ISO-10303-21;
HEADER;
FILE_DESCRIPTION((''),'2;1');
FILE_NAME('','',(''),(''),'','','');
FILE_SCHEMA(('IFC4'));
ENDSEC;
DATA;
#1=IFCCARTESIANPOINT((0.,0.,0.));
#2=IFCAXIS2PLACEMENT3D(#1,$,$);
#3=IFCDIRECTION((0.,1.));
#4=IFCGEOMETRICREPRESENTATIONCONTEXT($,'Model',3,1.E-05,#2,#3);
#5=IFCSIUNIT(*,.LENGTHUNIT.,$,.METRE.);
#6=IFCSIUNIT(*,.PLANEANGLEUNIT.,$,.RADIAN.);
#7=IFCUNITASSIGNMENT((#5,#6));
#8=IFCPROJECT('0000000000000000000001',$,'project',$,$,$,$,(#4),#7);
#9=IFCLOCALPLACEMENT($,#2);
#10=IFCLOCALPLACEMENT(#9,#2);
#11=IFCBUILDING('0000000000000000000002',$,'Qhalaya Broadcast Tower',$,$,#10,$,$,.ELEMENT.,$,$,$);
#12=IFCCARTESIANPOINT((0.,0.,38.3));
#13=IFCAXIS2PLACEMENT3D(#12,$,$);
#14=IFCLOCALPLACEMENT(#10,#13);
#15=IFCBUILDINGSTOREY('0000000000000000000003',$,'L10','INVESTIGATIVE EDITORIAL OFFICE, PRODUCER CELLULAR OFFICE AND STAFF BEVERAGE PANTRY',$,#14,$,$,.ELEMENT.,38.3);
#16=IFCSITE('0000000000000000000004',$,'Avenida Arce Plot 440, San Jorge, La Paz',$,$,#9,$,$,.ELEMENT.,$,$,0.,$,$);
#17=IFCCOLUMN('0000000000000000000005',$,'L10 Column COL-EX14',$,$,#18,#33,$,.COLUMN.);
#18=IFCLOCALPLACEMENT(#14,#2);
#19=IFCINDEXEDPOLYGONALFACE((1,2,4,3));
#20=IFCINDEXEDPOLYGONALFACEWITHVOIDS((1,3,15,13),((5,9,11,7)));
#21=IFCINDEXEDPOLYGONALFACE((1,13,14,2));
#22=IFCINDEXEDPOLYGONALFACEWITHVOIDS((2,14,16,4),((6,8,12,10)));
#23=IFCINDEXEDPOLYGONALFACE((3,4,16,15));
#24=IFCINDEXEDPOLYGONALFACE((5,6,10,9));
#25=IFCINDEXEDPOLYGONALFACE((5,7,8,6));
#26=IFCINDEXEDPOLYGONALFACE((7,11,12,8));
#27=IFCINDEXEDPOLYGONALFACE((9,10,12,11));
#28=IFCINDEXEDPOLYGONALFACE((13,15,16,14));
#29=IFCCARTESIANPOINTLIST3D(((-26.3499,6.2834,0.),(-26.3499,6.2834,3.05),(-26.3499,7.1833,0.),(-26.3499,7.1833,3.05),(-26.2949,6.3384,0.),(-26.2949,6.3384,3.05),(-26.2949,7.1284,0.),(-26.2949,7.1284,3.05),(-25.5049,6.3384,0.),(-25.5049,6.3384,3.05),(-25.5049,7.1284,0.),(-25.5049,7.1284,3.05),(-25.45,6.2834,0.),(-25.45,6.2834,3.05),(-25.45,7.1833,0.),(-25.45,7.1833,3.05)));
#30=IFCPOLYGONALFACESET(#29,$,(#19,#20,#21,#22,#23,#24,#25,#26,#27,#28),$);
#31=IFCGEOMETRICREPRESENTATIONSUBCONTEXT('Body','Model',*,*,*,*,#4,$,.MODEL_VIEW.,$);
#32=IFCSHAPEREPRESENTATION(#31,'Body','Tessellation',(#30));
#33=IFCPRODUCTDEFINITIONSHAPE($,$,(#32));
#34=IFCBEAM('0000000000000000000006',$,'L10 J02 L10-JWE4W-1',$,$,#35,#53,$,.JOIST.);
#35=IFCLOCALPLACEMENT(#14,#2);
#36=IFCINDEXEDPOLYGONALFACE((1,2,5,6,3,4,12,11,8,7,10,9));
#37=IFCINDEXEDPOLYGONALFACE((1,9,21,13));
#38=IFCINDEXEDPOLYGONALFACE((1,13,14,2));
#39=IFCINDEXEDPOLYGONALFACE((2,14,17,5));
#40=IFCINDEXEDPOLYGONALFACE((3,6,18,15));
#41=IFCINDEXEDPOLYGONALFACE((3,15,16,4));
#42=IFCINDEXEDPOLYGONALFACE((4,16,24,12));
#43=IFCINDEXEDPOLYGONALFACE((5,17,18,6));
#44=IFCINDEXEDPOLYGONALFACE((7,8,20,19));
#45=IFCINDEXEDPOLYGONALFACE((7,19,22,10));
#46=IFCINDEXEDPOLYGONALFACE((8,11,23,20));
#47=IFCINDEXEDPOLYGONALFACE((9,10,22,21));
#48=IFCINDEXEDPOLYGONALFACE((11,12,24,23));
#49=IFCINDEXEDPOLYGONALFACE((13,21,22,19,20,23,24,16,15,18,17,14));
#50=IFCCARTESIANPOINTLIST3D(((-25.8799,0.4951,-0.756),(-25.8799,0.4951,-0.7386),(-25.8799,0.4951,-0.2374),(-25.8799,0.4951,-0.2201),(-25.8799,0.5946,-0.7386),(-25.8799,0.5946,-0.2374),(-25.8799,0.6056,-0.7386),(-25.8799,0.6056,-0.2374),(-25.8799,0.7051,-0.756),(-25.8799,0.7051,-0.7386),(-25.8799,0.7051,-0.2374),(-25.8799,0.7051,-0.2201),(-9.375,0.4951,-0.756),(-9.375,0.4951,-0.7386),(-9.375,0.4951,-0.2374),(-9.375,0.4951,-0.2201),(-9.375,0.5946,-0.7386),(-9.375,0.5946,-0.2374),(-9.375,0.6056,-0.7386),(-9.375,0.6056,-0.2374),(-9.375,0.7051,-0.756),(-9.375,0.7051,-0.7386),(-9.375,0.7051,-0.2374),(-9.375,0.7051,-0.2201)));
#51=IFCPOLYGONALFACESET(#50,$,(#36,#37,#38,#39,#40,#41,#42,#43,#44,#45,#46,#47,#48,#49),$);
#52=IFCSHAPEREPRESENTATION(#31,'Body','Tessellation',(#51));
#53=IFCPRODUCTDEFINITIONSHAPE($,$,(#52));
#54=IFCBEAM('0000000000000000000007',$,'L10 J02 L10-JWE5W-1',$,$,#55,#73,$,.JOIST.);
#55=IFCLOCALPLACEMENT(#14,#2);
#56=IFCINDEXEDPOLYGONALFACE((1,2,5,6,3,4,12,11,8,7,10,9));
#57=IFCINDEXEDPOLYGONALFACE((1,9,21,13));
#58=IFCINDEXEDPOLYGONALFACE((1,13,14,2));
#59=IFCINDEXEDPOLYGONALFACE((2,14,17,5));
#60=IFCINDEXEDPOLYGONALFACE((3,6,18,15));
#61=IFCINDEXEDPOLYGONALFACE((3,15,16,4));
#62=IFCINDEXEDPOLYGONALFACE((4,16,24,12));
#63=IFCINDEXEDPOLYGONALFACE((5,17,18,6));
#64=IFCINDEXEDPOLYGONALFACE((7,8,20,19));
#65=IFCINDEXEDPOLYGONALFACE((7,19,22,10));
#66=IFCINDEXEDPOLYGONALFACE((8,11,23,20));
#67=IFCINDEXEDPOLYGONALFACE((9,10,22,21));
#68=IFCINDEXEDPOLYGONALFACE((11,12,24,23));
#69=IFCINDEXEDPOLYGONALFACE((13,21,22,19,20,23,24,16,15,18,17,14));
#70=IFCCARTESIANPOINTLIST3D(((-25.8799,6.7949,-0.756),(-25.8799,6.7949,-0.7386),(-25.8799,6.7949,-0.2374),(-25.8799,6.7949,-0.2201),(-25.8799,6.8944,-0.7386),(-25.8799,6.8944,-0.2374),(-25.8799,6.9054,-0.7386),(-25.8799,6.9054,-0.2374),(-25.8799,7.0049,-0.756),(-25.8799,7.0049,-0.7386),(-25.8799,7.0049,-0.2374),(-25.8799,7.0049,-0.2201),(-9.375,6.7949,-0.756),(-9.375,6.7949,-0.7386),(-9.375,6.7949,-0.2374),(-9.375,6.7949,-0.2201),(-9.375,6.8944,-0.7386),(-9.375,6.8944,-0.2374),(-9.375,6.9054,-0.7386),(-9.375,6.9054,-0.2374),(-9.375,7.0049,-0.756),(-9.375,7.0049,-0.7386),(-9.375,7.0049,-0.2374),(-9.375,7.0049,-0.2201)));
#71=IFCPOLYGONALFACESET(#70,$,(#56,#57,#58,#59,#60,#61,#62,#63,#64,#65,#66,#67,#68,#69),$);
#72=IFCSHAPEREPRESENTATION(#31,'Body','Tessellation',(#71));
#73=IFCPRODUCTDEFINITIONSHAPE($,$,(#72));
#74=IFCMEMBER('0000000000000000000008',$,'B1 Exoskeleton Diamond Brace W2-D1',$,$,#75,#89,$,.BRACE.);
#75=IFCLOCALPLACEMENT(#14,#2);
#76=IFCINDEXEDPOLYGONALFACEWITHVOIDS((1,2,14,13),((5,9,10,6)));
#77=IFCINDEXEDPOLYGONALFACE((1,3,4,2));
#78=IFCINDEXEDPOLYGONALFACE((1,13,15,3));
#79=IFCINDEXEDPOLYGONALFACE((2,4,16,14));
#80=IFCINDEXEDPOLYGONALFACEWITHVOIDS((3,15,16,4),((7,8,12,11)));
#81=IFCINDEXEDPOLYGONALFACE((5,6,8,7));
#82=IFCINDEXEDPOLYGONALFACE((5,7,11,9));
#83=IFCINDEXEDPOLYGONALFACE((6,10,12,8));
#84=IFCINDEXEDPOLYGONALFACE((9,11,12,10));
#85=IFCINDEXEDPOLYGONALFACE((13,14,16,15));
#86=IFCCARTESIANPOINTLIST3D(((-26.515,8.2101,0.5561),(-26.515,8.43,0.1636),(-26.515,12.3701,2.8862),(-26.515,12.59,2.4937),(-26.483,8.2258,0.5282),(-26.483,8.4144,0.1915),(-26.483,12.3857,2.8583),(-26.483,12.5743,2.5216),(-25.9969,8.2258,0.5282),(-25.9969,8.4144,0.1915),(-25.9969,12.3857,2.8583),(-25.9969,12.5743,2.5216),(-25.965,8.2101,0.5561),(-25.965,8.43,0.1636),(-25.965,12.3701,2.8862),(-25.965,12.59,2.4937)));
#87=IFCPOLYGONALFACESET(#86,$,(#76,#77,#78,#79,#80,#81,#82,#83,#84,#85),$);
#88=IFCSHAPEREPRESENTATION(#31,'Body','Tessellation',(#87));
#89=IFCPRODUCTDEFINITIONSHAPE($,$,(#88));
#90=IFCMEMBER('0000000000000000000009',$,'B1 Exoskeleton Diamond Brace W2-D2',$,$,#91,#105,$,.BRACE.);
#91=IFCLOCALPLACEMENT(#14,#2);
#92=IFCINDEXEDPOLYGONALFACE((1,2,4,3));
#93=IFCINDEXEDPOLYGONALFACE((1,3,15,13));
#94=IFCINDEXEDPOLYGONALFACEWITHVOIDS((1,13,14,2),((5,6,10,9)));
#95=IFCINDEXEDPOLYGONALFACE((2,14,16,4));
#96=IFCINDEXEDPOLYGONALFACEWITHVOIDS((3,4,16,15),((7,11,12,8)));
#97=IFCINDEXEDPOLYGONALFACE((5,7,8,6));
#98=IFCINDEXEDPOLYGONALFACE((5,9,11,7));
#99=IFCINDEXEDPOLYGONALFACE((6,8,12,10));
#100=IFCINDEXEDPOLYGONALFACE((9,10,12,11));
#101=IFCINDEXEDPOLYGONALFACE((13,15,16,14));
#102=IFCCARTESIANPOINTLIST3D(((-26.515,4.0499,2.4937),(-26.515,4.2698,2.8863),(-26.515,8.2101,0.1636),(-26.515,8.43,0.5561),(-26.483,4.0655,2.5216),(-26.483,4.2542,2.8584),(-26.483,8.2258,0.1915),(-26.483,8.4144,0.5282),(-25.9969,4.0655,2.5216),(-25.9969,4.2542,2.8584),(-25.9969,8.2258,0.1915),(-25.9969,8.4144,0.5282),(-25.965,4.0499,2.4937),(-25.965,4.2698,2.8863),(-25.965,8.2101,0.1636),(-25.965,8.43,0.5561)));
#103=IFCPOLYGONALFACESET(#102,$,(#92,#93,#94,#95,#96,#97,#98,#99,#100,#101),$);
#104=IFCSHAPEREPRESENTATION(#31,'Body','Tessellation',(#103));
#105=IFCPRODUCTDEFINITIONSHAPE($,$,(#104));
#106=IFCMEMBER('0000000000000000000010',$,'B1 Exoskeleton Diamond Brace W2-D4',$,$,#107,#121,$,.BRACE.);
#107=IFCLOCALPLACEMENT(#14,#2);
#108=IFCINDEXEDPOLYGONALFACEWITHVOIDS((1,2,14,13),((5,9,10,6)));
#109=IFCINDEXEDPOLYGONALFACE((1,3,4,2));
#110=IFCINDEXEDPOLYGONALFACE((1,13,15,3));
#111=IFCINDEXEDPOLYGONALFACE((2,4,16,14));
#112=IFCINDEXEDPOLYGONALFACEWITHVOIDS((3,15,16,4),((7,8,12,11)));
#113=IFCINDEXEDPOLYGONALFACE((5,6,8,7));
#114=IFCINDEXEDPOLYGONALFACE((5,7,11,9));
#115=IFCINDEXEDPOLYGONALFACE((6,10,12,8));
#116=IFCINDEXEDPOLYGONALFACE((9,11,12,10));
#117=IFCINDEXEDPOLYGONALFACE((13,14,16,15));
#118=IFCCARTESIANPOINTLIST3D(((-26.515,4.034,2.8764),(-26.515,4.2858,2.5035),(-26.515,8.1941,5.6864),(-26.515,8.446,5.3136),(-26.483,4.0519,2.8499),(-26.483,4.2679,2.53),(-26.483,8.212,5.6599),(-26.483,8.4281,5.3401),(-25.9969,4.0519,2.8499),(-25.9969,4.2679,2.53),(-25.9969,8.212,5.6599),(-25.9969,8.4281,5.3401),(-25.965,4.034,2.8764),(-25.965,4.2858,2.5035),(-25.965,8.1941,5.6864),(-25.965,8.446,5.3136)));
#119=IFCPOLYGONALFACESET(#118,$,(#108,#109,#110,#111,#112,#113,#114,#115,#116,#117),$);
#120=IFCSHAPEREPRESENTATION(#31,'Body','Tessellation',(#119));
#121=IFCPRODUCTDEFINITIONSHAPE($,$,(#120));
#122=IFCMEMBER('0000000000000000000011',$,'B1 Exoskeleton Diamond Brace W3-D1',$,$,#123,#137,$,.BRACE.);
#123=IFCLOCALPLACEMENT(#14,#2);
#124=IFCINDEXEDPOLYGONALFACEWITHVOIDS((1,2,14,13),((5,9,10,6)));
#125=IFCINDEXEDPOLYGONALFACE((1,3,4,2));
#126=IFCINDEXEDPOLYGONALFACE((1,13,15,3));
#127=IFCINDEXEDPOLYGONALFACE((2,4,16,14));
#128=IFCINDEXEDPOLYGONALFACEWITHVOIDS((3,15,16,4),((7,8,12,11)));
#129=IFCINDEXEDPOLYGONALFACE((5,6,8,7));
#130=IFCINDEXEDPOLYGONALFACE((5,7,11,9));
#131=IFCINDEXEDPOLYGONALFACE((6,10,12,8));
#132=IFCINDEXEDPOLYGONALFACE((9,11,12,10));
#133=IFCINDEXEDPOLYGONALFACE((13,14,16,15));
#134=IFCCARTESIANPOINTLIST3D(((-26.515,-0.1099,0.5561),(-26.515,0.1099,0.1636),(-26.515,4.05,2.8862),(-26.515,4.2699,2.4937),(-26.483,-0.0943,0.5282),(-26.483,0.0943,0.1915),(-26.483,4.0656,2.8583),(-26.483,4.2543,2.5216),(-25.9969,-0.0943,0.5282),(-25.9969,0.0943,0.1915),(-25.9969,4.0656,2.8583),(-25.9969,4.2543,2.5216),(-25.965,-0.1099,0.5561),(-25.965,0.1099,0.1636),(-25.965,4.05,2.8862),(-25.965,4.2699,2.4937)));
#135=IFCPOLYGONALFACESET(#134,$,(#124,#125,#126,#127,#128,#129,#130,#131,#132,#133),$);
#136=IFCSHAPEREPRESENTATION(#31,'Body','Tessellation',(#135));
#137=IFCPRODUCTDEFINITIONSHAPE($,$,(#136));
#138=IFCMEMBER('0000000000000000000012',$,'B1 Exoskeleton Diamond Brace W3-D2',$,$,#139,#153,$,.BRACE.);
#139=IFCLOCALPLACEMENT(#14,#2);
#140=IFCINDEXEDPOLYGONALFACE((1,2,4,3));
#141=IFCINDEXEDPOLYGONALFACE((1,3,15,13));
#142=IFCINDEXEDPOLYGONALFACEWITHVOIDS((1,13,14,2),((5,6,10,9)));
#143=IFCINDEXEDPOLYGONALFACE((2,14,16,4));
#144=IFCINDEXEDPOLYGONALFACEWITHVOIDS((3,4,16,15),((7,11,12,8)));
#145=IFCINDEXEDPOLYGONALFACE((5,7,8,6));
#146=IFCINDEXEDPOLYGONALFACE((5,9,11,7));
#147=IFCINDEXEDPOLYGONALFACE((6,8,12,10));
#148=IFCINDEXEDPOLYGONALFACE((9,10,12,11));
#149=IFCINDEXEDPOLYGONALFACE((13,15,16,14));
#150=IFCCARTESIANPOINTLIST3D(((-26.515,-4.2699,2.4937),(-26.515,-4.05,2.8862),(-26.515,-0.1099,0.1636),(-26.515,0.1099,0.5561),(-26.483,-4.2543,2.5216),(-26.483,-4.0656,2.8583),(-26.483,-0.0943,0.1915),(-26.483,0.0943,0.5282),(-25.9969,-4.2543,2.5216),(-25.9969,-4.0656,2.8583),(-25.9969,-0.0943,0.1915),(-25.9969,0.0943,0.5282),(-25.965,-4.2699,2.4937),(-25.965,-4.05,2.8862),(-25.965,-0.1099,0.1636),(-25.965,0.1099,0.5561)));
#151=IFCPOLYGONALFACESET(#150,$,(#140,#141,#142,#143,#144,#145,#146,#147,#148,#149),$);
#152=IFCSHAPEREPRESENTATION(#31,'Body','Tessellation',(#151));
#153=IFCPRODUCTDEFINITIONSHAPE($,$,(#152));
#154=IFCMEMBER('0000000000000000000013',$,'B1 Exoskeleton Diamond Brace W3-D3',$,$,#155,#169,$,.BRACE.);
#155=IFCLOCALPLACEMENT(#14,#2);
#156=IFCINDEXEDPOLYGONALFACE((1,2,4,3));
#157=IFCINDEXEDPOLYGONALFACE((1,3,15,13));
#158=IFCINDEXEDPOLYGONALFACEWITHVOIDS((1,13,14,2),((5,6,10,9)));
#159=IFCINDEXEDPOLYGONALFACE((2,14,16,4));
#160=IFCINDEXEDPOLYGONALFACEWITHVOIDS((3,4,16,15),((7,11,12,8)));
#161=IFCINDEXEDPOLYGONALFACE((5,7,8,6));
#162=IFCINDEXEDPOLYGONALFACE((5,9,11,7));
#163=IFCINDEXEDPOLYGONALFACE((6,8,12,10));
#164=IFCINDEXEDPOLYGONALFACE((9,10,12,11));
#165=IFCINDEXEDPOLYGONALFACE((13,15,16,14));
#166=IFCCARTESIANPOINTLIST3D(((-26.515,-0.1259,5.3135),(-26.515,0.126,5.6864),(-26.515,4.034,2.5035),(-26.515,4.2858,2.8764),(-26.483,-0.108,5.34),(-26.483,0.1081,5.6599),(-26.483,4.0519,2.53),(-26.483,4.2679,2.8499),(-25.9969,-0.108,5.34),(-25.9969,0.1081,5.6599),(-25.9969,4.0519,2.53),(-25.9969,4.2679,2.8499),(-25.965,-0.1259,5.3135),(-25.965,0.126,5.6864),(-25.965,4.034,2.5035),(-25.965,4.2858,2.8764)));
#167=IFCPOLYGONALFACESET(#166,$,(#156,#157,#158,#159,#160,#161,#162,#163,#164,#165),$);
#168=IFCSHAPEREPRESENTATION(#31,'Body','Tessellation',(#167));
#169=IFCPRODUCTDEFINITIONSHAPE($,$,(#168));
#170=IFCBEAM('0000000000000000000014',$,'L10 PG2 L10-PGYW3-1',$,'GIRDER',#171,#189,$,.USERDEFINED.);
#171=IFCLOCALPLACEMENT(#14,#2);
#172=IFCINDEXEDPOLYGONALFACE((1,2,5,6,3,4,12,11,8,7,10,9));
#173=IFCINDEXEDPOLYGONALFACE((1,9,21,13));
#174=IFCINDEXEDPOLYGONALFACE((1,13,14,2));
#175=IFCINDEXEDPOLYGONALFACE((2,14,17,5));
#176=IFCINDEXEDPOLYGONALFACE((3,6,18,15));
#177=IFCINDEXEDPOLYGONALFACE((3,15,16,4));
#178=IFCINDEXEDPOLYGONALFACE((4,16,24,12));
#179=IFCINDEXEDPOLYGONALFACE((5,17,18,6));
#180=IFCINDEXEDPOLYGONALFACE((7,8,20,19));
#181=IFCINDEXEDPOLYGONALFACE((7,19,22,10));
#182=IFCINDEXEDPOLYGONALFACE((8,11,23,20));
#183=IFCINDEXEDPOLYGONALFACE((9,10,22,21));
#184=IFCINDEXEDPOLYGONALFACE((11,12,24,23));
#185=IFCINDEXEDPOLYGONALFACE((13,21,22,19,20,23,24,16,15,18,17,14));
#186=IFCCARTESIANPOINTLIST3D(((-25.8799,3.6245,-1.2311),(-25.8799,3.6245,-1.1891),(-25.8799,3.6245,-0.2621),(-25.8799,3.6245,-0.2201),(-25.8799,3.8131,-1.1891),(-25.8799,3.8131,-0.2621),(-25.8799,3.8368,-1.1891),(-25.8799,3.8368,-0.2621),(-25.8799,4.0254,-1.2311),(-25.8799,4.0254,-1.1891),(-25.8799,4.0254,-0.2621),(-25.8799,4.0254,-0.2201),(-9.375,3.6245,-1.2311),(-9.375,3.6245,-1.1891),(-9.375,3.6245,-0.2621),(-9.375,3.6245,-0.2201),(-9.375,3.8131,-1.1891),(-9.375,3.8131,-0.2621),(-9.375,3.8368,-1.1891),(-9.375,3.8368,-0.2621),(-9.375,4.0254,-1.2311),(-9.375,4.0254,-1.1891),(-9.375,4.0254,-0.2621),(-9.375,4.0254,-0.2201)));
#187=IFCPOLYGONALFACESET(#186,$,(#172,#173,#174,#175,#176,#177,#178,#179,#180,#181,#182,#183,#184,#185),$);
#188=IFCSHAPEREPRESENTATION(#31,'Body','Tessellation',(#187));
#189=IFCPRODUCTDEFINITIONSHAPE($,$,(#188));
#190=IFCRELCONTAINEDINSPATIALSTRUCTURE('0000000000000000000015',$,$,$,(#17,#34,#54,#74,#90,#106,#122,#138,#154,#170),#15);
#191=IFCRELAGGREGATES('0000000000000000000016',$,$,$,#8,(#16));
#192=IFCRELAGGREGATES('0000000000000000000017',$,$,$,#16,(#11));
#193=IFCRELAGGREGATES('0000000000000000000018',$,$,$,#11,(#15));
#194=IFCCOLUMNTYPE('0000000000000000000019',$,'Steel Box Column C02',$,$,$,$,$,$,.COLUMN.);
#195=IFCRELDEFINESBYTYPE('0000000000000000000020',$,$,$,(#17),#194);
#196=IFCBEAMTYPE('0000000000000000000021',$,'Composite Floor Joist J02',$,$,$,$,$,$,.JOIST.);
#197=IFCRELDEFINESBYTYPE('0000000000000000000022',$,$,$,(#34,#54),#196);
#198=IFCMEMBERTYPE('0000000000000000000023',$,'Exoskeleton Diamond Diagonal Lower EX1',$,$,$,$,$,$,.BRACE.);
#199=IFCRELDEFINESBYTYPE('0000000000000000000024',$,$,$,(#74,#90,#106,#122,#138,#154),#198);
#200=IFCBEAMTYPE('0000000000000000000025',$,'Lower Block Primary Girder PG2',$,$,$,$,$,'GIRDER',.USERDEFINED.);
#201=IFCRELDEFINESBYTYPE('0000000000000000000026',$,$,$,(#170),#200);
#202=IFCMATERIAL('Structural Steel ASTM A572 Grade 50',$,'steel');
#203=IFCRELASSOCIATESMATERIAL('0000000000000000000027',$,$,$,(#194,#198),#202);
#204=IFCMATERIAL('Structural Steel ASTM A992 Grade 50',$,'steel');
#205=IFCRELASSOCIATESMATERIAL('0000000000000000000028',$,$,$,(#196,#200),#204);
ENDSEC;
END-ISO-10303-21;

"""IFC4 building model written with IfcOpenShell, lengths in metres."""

from ifc_helpers import new_model, si_unit, direction, frame, origin, origin_2d, place, context, subcontext, project, spatial, hollow_rectangle, i_section, extrude, material, material_profile, profile_set, type_object, element, save


model = new_model("IFC4")

# Units and contexts
model_context = context("Model", 3, precision=1e-05, world=origin(), true_north=direction((0.0, 1.0)))
body_context = subcontext(model_context, "Body", "Model", "MODEL_VIEW")
ifc_project = project(units=[si_unit("LENGTHUNIT", "METRE"), si_unit("PLANEANGLEUNIT", "RADIAN")], contexts=[model_context])

# Site, building, storey
site_placement = place(None, origin())
site = spatial("IfcSite", under=ifc_project, at=site_placement, Name="Avenida Arce Plot 440, San Jorge, La Paz", CompositionType="ELEMENT", RefElevation=0.0)
building_placement = place(site_placement, origin())
building = spatial("IfcBuilding", under=site, at=building_placement, Name="Qhalaya Broadcast Tower", CompositionType="ELEMENT")
storey_placement = place(building_placement, frame((0.0, 0.0, 38.3)))
storey = spatial("IfcBuildingStorey", under=building, at=storey_placement, Name="L10", Description="INVESTIGATIVE EDITORIAL OFFICE, PRODUCER CELLULAR OFFICE AND STAFF BEVERAGE PANTRY", CompositionType="ELEMENT", Elevation=38.3)

# Column
ifc_material_1 = material(Name="Structural Steel ASTM A572 Grade 50", Category="steel")
ifc_material_profile_1 = material_profile(ifc_material_1, hollow_rectangle(XDim=0.8999, YDim=0.8999, WallThickness=0.0549, at=origin_2d()), Name="BOX 900x900x55")
ifc_profile_set_1 = profile_set([ifc_material_profile_1], Name="Structural Steel ASTM A572 Grade 50")
column_type = type_object("IfcColumnType", Name="Steel Box Column C02", PredefinedType="COLUMN", material=ifc_profile_set_1)
column_placement = place(storey_placement, frame((-25.8999, 6.7334, 0.0), z_axis=(0.0, 0.0, 1.0), x_axis=(0.0, 1.0, 0.0)))
element("IfcColumn", 1, at=column_placement, inside=storey, type_object=column_type, Name="L10 Column COL-EX14", PredefinedType="COLUMN", context=body_context, shape_type="SweptSolid", body=[
    extrude(hollow_rectangle(XDim=0.8999, YDim=0.8999, WallThickness=0.0549, at=origin_2d()), origin(), (0.0, 0.0, 1.0), 3.05),
])

# Beams
ifc_material_2 = material(Name="Structural Steel ASTM A992 Grade 50", Category="steel")
ifc_material_profile_2 = material_profile(ifc_material_2, i_section(OverallWidth=0.21, OverallDepth=0.5359, WebThickness=0.011, FlangeThickness=0.0173, at=origin_2d()), Name="W21X68")
ifc_profile_set_2 = profile_set([ifc_material_profile_2], Name="Structural Steel ASTM A992 Grade 50")
beam_type_1 = type_object("IfcBeamType", Name="Composite Floor Joist J02", PredefinedType="JOIST", material=ifc_profile_set_2)
for number, where, z_axis, x_axis, name in (
    (2, (-25.8799, 0.6001, -0.488), (1.0, 0.0, 0.0), (0.0, 1.0, 0.0), "L10 J02 L10-JWE4W-1"),
    (3, (-25.8799, 6.8999, -0.488), (1.0, 0.0, 0.0), (0.0, 1.0, 0.0), "L10 J02 L10-JWE5W-1"),
):
    element("IfcBeam", number, at=place(storey_placement, frame(where, z_axis=z_axis, x_axis=x_axis)), inside=storey, type_object=beam_type_1, Name=name, PredefinedType="JOIST", context=body_context, shape_type="SweptSolid", body=[
        extrude(i_section(OverallWidth=0.21, OverallDepth=0.5359, WebThickness=0.011, FlangeThickness=0.0173, at=origin_2d()), origin(), (0.0, 0.0, 1.0), 16.5049),
    ])

# Members
ifc_material_profile_3 = material_profile(ifc_material_1, hollow_rectangle(XDim=0.45, YDim=0.55, WallThickness=0.032, at=origin_2d()), Name="BOX 450x550x32")
ifc_profile_set_3 = profile_set([ifc_material_profile_3], Name="Structural Steel ASTM A572 Grade 50")
member_type = type_object("IfcMemberType", Name="Exoskeleton Diamond Diagonal Lower EX1", PredefinedType="BRACE", material=ifc_profile_set_3)
member_1_placement = place(storey_placement, frame((-26.24, 8.3201, 0.3599), z_axis=(0.0, 0.872459, 0.488688), x_axis=(0.0, -0.488688, 0.872459)))
element("IfcMember", 4, at=member_1_placement, inside=storey, type_object=member_type, Name="B1 Exoskeleton Diamond Brace W2-D1", PredefinedType="BRACE", context=body_context, shape_type="SweptSolid", body=[
    extrude(hollow_rectangle(XDim=0.45, YDim=0.55, WallThickness=0.032, at=origin_2d()), origin(), (0.0, 0.0, 1.0), 4.7681),
])
member_2_placement = place(storey_placement, frame((-26.24, 8.3201, 0.3599), z_axis=(0.0, -0.872471, 0.488666), x_axis=(0.0, 0.488666, 0.872471)))
element("IfcMember", 5, at=member_2_placement, inside=storey, type_object=member_type, Name="B1 Exoskeleton Diamond Brace W2-D2", PredefinedType="BRACE", context=body_context, shape_type="SweptSolid", body=[
    extrude(hollow_rectangle(XDim=0.45, YDim=0.55, WallThickness=0.032, at=origin_2d()), origin(), (0.0, 0.0, 1.0), 4.7683),
])
member_3_placement = place(storey_placement, frame((-26.24, 4.1599, 2.6899), z_axis=(0.0, 0.828668, 0.55974), x_axis=(0.0, -0.55974, 0.828668)))
element("IfcMember", 6, at=member_3_placement, inside=storey, type_object=member_type, Name="B1 Exoskeleton Diamond Brace W2-D4", PredefinedType="BRACE", context=body_context, shape_type="SweptSolid", body=[
    extrude(hollow_rectangle(XDim=0.45, YDim=0.55, WallThickness=0.032, at=origin_2d()), origin(), (0.0, 0.0, 1.0), 5.0203),
])
for number, where, z_axis, x_axis, name in (
    (7, (-26.24, 0.0, 0.3599), (0.0, 0.872459, 0.488688), (0.0, -0.488688, 0.872459), "B1 Exoskeleton Diamond Brace W3-D1"),
    (8, (-26.24, 0.0, 0.3599), (0.0, -0.872459, 0.488688), (0.0, 0.488688, 0.872459), "B1 Exoskeleton Diamond Brace W3-D2"),
):
    element("IfcMember", number, at=place(storey_placement, frame(where, z_axis=z_axis, x_axis=x_axis)), inside=storey, type_object=member_type, Name=name, PredefinedType="BRACE", context=body_context, shape_type="SweptSolid", body=[
        extrude(hollow_rectangle(XDim=0.45, YDim=0.55, WallThickness=0.032, at=origin_2d()), origin(), (0.0, 0.0, 1.0), 4.7681),
    ])
member_4_placement = place(storey_placement, frame((-26.24, 4.1599, 2.6899), z_axis=(0.0, -0.828653, 0.559763), x_axis=(0.0, 0.559763, 0.828653)))
element("IfcMember", 9, at=member_4_placement, inside=storey, type_object=member_type, Name="B1 Exoskeleton Diamond Brace W3-D3", PredefinedType="BRACE", context=body_context, shape_type="SweptSolid", body=[
    extrude(hollow_rectangle(XDim=0.45, YDim=0.55, WallThickness=0.032, at=origin_2d()), origin(), (0.0, 0.0, 1.0), 5.02),
])

# Beam
ifc_material_profile_4 = material_profile(ifc_material_2, i_section(OverallWidth=0.4009, OverallDepth=1.011, WebThickness=0.0237, FlangeThickness=0.042, at=origin_2d()), Name="W40X297")
ifc_profile_set_4 = profile_set([ifc_material_profile_4], Name="Structural Steel ASTM A992 Grade 50")
beam_type_2 = type_object("IfcBeamType", Name="Lower Block Primary Girder PG2", ElementType="GIRDER", PredefinedType="USERDEFINED", material=ifc_profile_set_4)
for number, where, z_axis, x_axis, name in (
    (10, (-25.8799, 3.825, -0.7256), (1.0, 0.0, 0.0), (0.0, 1.0, 0.0), "L10 PG2 L10-PGYW3-1"),
):
    element("IfcBeam", number, at=place(storey_placement, frame(where, z_axis=z_axis, x_axis=x_axis)), inside=storey, type_object=beam_type_2, Name=name, ObjectType="GIRDER", PredefinedType="USERDEFINED", context=body_context, shape_type="SweptSolid", body=[
        extrude(i_section(OverallWidth=0.4009, OverallDepth=1.011, WebThickness=0.0237, FlangeThickness=0.042, at=origin_2d()), origin(), (0.0, 0.0, 1.0), 16.5049),
    ])

save(model, "model.ifc")
